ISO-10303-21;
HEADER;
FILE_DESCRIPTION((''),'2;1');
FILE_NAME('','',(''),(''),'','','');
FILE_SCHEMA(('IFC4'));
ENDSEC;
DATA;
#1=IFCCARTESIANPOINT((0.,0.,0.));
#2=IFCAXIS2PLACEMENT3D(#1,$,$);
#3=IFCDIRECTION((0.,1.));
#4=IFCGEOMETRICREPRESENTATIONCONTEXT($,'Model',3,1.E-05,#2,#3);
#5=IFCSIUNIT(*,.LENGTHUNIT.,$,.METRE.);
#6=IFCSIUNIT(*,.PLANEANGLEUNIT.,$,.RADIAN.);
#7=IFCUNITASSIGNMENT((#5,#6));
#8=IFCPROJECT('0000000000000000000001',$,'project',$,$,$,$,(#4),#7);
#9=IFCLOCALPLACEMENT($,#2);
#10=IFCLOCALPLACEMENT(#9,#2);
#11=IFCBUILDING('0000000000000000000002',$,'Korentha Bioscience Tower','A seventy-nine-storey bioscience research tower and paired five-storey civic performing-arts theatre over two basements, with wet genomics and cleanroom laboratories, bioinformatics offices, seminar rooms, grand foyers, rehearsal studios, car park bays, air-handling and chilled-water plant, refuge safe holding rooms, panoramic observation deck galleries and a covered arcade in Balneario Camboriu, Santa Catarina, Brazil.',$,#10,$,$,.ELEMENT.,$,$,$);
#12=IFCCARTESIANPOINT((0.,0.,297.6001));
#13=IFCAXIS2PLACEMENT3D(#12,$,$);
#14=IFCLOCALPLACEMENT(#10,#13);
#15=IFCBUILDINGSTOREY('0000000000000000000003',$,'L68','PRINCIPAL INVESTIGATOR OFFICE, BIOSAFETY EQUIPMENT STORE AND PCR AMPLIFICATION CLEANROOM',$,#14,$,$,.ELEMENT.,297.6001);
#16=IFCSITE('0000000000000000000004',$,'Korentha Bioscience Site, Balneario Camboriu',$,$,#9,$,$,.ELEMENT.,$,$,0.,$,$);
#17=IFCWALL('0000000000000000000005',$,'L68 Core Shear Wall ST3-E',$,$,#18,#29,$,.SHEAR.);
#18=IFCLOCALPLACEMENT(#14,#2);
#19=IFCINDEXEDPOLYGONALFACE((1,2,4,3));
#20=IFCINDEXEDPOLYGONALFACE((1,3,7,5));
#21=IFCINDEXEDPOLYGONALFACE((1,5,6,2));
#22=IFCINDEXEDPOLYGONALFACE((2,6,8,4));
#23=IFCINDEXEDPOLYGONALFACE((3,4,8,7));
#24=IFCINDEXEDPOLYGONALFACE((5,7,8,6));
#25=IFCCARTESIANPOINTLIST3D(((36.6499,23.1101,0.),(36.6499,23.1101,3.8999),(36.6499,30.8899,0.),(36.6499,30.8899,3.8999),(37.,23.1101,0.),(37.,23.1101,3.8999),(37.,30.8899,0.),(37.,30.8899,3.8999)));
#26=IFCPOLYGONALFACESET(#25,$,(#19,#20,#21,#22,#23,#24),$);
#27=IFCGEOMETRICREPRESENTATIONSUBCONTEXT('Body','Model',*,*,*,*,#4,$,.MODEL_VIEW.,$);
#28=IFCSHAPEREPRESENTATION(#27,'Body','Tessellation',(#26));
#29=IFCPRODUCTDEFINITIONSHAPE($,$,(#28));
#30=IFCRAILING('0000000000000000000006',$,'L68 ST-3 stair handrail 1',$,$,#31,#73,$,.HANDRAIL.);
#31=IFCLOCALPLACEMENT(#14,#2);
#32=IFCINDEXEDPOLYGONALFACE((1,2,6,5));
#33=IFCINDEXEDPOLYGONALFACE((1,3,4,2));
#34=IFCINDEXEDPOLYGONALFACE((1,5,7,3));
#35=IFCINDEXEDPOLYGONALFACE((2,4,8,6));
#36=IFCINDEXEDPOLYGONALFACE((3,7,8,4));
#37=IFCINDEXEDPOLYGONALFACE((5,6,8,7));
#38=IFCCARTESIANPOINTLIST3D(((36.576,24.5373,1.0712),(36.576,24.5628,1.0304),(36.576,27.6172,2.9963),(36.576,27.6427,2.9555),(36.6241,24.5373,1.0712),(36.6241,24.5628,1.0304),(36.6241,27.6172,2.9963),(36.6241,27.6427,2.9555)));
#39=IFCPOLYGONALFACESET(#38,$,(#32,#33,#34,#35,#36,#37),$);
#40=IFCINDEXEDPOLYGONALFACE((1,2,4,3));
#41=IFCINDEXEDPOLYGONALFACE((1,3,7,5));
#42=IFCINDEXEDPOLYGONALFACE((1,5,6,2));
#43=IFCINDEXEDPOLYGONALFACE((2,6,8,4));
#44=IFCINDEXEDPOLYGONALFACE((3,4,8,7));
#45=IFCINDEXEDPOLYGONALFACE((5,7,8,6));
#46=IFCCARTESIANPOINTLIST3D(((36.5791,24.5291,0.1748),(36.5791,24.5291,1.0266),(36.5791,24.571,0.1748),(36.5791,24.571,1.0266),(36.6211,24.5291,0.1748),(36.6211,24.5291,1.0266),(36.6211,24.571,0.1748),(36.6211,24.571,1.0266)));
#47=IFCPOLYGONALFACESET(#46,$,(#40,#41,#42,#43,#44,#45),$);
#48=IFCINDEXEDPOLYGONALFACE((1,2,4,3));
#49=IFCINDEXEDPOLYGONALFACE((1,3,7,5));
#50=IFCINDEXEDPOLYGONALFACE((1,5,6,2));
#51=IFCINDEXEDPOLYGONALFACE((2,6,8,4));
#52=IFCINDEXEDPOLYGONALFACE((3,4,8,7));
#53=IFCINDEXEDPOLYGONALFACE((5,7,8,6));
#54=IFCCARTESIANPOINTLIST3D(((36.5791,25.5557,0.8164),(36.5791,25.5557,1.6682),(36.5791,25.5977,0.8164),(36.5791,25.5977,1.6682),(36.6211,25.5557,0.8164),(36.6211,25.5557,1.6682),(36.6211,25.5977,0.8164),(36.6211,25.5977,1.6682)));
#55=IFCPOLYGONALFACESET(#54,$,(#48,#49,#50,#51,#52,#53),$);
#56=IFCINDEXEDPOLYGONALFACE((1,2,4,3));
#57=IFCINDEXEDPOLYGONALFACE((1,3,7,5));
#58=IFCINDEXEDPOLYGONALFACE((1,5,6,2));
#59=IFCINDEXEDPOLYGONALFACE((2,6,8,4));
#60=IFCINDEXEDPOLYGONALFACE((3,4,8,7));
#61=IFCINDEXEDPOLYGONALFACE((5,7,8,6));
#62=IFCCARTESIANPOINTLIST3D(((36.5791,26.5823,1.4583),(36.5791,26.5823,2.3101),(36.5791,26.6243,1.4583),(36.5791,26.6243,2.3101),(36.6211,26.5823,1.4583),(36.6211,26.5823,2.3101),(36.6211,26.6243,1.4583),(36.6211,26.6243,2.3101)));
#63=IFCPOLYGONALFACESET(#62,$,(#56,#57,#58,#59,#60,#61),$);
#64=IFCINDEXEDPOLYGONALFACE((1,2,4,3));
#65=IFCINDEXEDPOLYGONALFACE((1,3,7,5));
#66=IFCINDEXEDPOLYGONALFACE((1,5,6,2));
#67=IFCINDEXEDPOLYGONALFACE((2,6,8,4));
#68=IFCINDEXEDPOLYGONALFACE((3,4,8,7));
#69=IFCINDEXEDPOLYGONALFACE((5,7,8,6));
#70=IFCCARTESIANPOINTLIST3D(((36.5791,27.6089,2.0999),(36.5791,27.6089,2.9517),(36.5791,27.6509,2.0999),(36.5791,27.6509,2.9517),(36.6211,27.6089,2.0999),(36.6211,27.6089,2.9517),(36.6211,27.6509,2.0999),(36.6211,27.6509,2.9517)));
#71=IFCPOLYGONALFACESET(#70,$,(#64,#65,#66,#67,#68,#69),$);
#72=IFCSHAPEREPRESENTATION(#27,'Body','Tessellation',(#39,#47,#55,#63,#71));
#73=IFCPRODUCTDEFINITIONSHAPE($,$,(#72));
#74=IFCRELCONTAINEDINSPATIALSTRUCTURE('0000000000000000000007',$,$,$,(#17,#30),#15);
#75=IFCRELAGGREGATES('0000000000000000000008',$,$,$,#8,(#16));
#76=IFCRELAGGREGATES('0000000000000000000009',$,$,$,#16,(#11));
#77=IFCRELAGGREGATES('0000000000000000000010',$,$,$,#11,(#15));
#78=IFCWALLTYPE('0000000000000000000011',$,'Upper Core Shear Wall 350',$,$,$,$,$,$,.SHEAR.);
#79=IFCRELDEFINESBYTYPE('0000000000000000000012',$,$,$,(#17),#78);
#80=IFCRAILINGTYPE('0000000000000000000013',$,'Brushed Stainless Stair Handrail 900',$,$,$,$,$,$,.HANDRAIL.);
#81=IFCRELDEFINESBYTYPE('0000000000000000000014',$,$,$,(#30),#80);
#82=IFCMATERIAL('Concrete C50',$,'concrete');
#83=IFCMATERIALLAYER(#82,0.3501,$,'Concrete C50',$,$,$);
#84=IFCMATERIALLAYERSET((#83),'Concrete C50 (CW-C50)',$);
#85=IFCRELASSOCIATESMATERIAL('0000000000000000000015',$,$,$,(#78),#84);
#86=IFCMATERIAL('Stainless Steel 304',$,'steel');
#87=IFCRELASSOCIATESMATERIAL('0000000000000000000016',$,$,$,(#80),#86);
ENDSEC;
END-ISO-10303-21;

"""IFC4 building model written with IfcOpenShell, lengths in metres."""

from ifc_helpers import new_model, si_unit, direction, frame, frame_2d, origin, origin_2d, place, context, subcontext, project, spatial, rectangle, extrude, material, layer, layer_set, type_object, element, save


model = new_model("IFC4")

# Units and contexts
model_context = context("Model", 3, precision=1e-05, world=origin(), true_north=direction((0.0, 1.0)))
body_context = subcontext(model_context, "Body", "Model", "MODEL_VIEW")
ifc_project = project(units=[si_unit("LENGTHUNIT", "METRE"), si_unit("PLANEANGLEUNIT", "RADIAN")], contexts=[model_context])

# Site, building, storey
site_placement = place(None, origin())
site = spatial("IfcSite", under=ifc_project, at=site_placement, Name="Korentha Bioscience Site, Balneario Camboriu", CompositionType="ELEMENT", RefElevation=0.0)
building_placement = place(site_placement, origin())
building = spatial("IfcBuilding", under=site, at=building_placement, Name="Korentha Bioscience Tower", Description="A seventy-nine-storey bioscience research tower and paired five-storey civic performing-arts theatre over two basements, with wet genomics and cleanroom laboratories, bioinformatics offices, seminar rooms, grand foyers, rehearsal studios, car park bays, air-handling and chilled-water plant, refuge safe holding rooms, panoramic observation deck galleries and a covered arcade in Balneario Camboriu, Santa Catarina, Brazil.", CompositionType="ELEMENT")
storey_placement = place(building_placement, frame((0.0, 0.0, 297.6001)))
storey = spatial("IfcBuildingStorey", under=building, at=storey_placement, Name="L68", Description="PRINCIPAL INVESTIGATOR OFFICE, BIOSAFETY EQUIPMENT STORE AND PCR AMPLIFICATION CLEANROOM", CompositionType="ELEMENT", Elevation=297.6001)

# Shared definitions
ifc_material_1 = material(Name="Concrete C50", Category="concrete")

# Wall
ifc_layer_1 = layer(ifc_material_1, 0.3501, Name="Concrete C50")
ifc_layer_set_1 = layer_set([ifc_layer_1], Name="Concrete C50 (CW-C50)")
wall_type_1 = type_object("IfcWallType", Name="Upper Core Shear Wall 350", PredefinedType="SHEAR", material=ifc_layer_set_1)
wall_1_placement = place(storey_placement, frame((36.825, 23.1101, 0.0), z_axis=(0.0, 0.0, 1.0), x_axis=(0.0, 1.0, 0.0)))
element("IfcWall", 1, at=wall_1_placement, inside=storey, type_object=wall_type_1, Name="L68 Core Shear Wall ST3-E", PredefinedType="SHEAR", context=body_context, shape_type="SweptSolid", body=[
    extrude(rectangle(XDim=7.7798, YDim=0.3501, at=frame_2d((3.8899, 0.0))), origin(), (0.0, 0.0, 1.0), 3.8999),
])

# Railing
ifc_material_2 = material(Name="Stainless Steel 304", Category="steel")
railing_type = type_object("IfcRailingType", Name="Brushed Stainless Stair Handrail 900", PredefinedType="HANDRAIL", material=ifc_material_2)
railing_placement = place(storey_placement, frame((36.6001, 24.55, 0.1748)))
element("IfcRailing", 2, at=railing_placement, inside=storey, type_object=railing_type, Name="L68 ST-3 stair handrail 1", PredefinedType="HANDRAIL", context=body_context, shape_type="SweptSolid", body=[
    extrude(rectangle(XDim=0.0481, YDim=0.0481, at=origin_2d()), frame((0.0, 0.0, 0.876), z_axis=(0.0, 0.847979, 0.530029), x_axis=(-1.0, 0.0, 0.0)), (0.0, 0.0, 1.0), 3.6321),
    extrude(rectangle(XDim=0.042, YDim=0.042, at=origin_2d()), origin(), (0.0, 0.0, 1.0), 0.8518),
    extrude(rectangle(XDim=0.042, YDim=0.042, at=origin_2d()), frame((0.0, 1.0266, 0.6416)), (0.0, 0.0, 1.0), 0.8518),
    extrude(rectangle(XDim=0.042, YDim=0.042, at=origin_2d()), frame((0.0, 2.0532, 1.2834)), (0.0, 0.0, 1.0), 0.8518),
    extrude(rectangle(XDim=0.042, YDim=0.042, at=origin_2d()), frame((0.0, 3.0798, 1.925)), (0.0, 0.0, 1.0), 0.8518),
])

save(model, "model.ifc")
